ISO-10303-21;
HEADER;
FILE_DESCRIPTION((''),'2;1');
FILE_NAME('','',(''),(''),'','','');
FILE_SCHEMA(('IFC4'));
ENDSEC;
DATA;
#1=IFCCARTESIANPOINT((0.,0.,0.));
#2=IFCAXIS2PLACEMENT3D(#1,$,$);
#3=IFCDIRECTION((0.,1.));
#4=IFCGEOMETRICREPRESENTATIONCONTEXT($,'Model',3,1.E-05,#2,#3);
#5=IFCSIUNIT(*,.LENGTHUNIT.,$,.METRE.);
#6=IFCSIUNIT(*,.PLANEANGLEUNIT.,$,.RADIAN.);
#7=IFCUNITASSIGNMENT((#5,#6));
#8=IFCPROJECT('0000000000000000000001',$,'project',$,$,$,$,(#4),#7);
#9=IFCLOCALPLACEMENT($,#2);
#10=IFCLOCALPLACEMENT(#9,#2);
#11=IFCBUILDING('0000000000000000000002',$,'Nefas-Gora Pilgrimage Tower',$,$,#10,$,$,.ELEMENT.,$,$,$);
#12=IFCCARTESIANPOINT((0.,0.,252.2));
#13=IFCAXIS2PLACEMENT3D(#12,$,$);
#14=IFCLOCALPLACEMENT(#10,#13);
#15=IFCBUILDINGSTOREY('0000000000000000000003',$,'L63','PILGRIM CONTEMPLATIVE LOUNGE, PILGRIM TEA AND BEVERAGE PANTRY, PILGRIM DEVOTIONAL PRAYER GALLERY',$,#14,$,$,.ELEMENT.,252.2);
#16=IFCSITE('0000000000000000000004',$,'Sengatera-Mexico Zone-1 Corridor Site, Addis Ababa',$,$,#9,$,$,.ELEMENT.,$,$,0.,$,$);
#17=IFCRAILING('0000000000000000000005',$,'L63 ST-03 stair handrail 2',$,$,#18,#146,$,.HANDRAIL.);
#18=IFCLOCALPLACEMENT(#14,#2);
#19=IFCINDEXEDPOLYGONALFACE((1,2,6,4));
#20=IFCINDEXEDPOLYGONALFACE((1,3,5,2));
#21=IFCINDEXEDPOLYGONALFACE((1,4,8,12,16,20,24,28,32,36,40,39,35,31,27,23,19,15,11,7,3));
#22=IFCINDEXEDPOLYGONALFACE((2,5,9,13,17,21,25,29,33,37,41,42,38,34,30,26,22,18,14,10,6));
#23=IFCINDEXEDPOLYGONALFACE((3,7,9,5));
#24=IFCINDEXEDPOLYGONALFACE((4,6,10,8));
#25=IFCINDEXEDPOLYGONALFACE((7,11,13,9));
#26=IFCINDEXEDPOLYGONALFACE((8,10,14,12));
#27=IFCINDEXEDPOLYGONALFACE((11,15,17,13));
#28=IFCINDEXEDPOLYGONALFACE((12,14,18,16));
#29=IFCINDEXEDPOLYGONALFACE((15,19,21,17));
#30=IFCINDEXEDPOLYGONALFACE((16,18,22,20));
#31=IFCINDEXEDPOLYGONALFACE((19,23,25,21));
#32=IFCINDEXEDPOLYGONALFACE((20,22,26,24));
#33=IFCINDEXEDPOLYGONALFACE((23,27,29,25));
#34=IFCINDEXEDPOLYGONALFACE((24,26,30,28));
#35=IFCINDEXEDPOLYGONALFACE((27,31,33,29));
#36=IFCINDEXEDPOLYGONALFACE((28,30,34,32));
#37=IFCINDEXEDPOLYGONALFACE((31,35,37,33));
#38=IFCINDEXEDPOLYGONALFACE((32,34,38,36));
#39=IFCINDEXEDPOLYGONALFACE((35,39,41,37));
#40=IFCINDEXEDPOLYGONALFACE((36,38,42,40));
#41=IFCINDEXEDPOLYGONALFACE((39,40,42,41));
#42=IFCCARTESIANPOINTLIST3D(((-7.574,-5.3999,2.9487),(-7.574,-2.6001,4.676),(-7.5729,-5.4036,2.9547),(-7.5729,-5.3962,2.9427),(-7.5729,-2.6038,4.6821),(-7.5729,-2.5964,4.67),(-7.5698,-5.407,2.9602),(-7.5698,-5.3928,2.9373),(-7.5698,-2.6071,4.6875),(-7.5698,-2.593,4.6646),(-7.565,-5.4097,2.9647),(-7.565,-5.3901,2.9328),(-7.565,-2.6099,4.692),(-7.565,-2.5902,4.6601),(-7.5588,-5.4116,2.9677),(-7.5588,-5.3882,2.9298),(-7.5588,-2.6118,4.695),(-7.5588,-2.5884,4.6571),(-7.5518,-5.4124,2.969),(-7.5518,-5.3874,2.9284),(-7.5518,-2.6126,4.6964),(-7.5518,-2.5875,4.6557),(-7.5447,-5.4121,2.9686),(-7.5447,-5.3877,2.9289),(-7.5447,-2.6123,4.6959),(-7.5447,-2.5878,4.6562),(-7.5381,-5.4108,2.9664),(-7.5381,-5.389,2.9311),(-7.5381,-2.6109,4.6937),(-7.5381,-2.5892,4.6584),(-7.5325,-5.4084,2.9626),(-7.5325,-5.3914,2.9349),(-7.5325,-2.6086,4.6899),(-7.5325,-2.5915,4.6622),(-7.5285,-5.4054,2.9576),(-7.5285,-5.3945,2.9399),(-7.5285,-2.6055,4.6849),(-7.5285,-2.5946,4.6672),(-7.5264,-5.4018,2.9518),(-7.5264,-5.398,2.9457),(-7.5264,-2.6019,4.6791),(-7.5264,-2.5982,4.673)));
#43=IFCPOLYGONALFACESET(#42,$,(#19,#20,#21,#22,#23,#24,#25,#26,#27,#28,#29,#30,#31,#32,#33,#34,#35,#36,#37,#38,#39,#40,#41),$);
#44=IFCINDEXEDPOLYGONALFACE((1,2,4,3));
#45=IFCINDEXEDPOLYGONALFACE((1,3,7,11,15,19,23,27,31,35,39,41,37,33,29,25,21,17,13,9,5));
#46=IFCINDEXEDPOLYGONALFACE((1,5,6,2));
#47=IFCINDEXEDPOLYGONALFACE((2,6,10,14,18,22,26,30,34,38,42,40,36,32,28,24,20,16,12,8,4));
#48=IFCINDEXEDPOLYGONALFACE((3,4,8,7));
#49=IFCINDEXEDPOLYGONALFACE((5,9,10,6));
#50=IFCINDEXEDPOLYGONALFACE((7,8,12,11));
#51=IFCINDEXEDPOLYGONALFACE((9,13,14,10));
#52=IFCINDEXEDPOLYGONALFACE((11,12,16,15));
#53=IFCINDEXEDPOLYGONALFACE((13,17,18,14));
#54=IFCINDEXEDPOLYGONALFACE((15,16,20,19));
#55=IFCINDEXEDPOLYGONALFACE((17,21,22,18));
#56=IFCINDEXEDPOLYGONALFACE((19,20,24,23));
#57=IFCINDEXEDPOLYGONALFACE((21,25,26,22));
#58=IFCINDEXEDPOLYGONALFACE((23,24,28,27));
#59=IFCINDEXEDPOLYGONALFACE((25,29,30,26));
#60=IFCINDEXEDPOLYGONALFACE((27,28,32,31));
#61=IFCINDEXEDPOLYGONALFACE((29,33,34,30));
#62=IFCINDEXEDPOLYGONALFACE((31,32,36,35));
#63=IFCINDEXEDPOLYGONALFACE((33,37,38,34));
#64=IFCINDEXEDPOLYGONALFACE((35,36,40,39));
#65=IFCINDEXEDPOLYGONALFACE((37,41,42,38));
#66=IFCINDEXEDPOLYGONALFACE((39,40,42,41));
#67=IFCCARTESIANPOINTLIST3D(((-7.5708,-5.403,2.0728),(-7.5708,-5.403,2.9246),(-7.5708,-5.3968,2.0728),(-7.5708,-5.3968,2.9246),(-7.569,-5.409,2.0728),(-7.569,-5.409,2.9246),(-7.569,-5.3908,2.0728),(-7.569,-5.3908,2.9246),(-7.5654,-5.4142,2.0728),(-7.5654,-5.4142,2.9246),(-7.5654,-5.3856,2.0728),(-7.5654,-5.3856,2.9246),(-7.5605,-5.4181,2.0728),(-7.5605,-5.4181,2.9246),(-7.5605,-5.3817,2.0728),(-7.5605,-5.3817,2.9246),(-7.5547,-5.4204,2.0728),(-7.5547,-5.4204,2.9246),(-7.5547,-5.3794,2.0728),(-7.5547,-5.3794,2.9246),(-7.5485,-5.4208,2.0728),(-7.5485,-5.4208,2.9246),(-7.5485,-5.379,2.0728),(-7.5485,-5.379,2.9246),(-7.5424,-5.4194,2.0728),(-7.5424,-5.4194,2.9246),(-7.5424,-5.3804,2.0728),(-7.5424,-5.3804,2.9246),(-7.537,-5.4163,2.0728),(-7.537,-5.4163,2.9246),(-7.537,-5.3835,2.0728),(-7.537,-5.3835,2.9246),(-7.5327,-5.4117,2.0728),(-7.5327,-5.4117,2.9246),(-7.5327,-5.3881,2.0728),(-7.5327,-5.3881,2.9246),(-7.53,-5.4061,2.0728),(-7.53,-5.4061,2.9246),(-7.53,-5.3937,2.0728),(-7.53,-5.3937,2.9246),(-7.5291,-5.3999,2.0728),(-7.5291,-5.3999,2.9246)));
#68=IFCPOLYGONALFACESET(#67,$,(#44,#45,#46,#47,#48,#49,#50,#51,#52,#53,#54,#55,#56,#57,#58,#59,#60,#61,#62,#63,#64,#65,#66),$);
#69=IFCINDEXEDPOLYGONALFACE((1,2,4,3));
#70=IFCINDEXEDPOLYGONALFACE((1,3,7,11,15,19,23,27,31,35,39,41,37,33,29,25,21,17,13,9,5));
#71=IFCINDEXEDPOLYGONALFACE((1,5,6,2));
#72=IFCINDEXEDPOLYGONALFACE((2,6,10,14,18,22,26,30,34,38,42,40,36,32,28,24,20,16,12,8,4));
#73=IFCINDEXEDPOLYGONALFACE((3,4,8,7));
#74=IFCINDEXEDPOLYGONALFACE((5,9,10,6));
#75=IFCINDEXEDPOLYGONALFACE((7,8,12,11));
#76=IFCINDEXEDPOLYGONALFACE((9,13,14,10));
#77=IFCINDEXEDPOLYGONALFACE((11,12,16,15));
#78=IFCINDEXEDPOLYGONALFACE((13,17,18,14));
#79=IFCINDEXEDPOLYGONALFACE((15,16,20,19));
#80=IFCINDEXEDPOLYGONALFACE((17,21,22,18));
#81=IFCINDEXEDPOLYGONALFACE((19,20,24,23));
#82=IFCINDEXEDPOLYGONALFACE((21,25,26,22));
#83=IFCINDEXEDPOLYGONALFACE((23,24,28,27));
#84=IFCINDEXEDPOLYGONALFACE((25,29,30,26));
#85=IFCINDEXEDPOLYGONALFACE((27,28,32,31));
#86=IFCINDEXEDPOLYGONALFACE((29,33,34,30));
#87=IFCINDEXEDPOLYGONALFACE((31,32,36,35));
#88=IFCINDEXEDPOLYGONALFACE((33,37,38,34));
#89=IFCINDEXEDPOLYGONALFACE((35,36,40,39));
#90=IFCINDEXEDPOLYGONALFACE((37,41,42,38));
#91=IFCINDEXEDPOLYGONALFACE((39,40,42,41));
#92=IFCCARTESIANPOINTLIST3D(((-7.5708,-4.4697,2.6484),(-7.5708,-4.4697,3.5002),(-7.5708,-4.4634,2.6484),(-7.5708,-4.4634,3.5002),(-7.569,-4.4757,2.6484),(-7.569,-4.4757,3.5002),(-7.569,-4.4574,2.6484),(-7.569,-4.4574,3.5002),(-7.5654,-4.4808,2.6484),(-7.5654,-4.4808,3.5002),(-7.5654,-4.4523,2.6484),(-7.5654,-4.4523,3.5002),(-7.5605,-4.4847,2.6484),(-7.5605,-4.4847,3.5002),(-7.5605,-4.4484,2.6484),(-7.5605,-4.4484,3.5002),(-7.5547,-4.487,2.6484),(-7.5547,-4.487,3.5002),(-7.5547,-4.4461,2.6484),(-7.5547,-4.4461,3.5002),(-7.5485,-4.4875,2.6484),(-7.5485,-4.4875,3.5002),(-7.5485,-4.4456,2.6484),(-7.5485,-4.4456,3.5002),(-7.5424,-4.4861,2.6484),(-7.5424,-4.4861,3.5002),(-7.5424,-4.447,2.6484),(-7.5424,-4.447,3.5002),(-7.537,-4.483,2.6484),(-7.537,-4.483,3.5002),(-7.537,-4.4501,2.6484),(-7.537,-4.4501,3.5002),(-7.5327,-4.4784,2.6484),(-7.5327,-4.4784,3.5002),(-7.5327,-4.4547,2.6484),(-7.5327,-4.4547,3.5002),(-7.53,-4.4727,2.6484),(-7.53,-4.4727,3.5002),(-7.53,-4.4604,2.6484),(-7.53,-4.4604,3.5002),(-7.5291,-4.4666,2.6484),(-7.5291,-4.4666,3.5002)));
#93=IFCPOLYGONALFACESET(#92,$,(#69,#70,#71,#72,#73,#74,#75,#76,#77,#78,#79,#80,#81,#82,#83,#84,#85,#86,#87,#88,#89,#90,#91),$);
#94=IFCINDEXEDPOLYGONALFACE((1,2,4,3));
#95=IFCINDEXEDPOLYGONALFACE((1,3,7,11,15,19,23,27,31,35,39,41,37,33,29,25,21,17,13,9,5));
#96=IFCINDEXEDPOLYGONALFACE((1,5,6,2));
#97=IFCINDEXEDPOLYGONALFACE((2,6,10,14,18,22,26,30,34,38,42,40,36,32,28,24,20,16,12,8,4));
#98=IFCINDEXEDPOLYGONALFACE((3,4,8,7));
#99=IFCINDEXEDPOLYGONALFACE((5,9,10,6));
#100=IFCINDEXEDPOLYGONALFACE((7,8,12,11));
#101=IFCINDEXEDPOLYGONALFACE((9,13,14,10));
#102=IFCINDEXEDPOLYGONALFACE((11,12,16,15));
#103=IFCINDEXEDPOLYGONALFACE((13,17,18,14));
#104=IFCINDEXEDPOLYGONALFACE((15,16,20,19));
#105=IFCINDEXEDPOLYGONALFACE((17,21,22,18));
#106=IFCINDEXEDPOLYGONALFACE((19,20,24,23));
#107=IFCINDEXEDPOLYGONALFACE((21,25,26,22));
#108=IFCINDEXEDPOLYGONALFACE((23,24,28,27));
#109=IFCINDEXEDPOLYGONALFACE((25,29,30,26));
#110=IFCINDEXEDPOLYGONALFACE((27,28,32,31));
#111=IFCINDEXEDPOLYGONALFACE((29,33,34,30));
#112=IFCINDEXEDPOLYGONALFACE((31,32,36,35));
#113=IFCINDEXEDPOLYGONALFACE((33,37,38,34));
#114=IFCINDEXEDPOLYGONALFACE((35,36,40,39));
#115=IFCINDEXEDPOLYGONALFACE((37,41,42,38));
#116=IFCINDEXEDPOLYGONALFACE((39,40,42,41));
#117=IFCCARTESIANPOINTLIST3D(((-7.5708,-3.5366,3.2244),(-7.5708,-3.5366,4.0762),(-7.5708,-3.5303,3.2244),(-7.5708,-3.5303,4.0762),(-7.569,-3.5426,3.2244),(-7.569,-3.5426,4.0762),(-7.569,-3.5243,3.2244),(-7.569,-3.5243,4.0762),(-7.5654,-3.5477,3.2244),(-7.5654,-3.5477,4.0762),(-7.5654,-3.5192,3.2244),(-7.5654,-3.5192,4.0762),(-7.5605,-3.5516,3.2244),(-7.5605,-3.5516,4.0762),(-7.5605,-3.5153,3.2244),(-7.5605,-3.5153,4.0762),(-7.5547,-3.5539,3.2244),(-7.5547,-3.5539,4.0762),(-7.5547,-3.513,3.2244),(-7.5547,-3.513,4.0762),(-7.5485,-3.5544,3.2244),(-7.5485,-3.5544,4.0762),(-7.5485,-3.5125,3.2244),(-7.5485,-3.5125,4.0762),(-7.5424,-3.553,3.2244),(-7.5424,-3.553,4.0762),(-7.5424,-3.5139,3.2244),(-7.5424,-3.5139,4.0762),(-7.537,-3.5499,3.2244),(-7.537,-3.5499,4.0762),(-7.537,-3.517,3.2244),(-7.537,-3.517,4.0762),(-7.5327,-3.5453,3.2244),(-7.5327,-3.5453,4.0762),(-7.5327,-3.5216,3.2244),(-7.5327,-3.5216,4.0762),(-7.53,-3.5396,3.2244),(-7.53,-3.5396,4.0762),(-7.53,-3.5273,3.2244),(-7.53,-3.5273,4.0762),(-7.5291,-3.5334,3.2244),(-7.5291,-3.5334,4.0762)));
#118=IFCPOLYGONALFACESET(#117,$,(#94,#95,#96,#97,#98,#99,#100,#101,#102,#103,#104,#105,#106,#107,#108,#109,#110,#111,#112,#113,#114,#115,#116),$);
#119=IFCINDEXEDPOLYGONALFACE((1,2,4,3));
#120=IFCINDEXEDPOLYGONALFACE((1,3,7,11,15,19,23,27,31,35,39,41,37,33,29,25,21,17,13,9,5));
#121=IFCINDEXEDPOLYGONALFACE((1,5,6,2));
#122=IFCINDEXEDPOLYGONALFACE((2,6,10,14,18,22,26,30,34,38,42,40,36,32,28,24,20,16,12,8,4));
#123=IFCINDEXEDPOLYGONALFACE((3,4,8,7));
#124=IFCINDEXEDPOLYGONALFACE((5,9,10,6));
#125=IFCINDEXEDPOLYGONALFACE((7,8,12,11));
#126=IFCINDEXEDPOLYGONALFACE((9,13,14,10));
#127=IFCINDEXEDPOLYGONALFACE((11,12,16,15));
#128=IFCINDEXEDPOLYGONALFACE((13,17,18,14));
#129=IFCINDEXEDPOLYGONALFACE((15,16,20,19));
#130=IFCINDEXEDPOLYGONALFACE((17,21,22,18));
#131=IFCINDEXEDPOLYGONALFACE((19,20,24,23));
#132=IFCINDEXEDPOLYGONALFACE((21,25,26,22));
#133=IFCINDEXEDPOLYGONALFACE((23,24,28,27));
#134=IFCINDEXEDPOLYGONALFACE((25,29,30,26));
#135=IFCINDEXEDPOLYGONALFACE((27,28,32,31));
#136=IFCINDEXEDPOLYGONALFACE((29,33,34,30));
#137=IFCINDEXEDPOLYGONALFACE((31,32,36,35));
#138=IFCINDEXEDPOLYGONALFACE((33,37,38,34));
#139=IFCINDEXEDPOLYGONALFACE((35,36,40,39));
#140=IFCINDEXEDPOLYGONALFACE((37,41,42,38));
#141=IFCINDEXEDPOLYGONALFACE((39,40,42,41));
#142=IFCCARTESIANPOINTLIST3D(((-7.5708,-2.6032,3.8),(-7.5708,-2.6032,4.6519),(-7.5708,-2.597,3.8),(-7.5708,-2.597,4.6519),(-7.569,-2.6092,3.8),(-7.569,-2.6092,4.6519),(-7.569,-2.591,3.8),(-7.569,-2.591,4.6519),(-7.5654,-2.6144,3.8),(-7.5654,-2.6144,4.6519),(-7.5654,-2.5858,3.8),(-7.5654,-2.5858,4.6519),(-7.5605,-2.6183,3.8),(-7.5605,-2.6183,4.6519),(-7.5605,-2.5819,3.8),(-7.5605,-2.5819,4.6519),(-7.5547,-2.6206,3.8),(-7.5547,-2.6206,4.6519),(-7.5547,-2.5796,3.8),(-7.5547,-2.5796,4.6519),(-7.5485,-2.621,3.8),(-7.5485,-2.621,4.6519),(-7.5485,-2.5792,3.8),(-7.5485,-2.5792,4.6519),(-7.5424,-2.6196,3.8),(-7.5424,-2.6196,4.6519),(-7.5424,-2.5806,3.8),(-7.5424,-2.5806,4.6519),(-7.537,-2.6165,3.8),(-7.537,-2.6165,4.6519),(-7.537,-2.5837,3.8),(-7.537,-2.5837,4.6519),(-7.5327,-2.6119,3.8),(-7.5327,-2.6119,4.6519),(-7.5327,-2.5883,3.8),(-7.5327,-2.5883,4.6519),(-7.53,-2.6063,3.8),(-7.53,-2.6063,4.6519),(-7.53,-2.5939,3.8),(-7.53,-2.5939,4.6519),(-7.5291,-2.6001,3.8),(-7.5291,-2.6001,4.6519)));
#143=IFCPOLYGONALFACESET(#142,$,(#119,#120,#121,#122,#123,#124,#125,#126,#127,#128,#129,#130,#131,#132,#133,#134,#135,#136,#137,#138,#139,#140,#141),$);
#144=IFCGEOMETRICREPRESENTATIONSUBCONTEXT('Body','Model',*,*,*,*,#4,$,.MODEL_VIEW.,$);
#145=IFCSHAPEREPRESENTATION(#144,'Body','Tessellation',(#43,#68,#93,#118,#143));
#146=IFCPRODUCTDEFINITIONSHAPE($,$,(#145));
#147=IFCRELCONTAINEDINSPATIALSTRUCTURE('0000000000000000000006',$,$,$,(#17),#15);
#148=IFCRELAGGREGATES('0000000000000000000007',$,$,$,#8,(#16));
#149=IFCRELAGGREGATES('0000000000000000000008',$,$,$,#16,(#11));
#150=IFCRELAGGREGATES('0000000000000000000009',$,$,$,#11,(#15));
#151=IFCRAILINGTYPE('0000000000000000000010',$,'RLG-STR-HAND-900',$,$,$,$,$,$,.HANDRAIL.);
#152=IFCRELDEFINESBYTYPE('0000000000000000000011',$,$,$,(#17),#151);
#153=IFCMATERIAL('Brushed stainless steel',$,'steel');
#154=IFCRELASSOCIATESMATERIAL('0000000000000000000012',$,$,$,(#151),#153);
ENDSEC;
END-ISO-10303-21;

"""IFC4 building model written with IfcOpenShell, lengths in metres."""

from ifc_helpers import new_model, si_unit, direction, frame, origin, origin_2d, place, context, subcontext, project, spatial, circle, extrude, material, type_object, element, save


model = new_model("IFC4")

# Units and contexts
model_context = context("Model", 3, precision=1e-05, world=origin(), true_north=direction((0.0, 1.0)))
body_context = subcontext(model_context, "Body", "Model", "MODEL_VIEW")
ifc_project = project(units=[si_unit("LENGTHUNIT", "METRE"), si_unit("PLANEANGLEUNIT", "RADIAN")], contexts=[model_context])

# Site, building, storey
site_placement = place(None, origin())
site = spatial("IfcSite", under=ifc_project, at=site_placement, Name="Sengatera-Mexico Zone-1 Corridor Site, Addis Ababa", CompositionType="ELEMENT", RefElevation=0.0)
building_placement = place(site_placement, origin())
building = spatial("IfcBuilding", under=site, at=building_placement, Name="Nefas-Gora Pilgrimage Tower", CompositionType="ELEMENT")
storey_placement = place(building_placement, frame((0.0, 0.0, 252.2)))
storey = spatial("IfcBuildingStorey", under=building, at=storey_placement, Name="L63", Description="PILGRIM CONTEMPLATIVE LOUNGE, PILGRIM TEA AND BEVERAGE PANTRY, PILGRIM DEVOTIONAL PRAYER GALLERY", CompositionType="ELEMENT", Elevation=252.2)

# Railing
ifc_material_1 = material(Name="Brushed stainless steel", Category="steel")
railing_type_1 = type_object("IfcRailingType", Name="RLG-STR-HAND-900", PredefinedType="HANDRAIL", material=ifc_material_1)
railing_1_placement = place(storey_placement, frame((-7.55, -5.3999, 2.0728)))
element("IfcRailing", 1, at=railing_1_placement, inside=storey, type_object=railing_type_1, Name="L63 ST-03 stair handrail 2", PredefinedType="HANDRAIL", context=body_context, shape_type="SweptSolid", body=[
    extrude(circle(Radius=0.0239, at=origin_2d()), frame((0.0, 0.0, 0.876), z_axis=(0.0, 0.851069, 0.525054), x_axis=(-1.0, 0.0, 0.0)), (0.0, 0.0, 1.0), 3.2898),
    extrude(circle(Radius=0.021, at=origin_2d()), origin(), (0.0, 0.0, 1.0), 0.8518),
    extrude(circle(Radius=0.021, at=origin_2d()), frame((0.0, 0.9333, 0.5757)), (0.0, 0.0, 1.0), 0.8518),
    extrude(circle(Radius=0.021, at=origin_2d()), frame((0.0, 1.8665, 1.1516)), (0.0, 0.0, 1.0), 0.8518),
    extrude(circle(Radius=0.021, at=origin_2d()), frame((0.0, 2.7998, 1.7273)), (0.0, 0.0, 1.0), 0.8518),
])

save(model, "model.ifc")
